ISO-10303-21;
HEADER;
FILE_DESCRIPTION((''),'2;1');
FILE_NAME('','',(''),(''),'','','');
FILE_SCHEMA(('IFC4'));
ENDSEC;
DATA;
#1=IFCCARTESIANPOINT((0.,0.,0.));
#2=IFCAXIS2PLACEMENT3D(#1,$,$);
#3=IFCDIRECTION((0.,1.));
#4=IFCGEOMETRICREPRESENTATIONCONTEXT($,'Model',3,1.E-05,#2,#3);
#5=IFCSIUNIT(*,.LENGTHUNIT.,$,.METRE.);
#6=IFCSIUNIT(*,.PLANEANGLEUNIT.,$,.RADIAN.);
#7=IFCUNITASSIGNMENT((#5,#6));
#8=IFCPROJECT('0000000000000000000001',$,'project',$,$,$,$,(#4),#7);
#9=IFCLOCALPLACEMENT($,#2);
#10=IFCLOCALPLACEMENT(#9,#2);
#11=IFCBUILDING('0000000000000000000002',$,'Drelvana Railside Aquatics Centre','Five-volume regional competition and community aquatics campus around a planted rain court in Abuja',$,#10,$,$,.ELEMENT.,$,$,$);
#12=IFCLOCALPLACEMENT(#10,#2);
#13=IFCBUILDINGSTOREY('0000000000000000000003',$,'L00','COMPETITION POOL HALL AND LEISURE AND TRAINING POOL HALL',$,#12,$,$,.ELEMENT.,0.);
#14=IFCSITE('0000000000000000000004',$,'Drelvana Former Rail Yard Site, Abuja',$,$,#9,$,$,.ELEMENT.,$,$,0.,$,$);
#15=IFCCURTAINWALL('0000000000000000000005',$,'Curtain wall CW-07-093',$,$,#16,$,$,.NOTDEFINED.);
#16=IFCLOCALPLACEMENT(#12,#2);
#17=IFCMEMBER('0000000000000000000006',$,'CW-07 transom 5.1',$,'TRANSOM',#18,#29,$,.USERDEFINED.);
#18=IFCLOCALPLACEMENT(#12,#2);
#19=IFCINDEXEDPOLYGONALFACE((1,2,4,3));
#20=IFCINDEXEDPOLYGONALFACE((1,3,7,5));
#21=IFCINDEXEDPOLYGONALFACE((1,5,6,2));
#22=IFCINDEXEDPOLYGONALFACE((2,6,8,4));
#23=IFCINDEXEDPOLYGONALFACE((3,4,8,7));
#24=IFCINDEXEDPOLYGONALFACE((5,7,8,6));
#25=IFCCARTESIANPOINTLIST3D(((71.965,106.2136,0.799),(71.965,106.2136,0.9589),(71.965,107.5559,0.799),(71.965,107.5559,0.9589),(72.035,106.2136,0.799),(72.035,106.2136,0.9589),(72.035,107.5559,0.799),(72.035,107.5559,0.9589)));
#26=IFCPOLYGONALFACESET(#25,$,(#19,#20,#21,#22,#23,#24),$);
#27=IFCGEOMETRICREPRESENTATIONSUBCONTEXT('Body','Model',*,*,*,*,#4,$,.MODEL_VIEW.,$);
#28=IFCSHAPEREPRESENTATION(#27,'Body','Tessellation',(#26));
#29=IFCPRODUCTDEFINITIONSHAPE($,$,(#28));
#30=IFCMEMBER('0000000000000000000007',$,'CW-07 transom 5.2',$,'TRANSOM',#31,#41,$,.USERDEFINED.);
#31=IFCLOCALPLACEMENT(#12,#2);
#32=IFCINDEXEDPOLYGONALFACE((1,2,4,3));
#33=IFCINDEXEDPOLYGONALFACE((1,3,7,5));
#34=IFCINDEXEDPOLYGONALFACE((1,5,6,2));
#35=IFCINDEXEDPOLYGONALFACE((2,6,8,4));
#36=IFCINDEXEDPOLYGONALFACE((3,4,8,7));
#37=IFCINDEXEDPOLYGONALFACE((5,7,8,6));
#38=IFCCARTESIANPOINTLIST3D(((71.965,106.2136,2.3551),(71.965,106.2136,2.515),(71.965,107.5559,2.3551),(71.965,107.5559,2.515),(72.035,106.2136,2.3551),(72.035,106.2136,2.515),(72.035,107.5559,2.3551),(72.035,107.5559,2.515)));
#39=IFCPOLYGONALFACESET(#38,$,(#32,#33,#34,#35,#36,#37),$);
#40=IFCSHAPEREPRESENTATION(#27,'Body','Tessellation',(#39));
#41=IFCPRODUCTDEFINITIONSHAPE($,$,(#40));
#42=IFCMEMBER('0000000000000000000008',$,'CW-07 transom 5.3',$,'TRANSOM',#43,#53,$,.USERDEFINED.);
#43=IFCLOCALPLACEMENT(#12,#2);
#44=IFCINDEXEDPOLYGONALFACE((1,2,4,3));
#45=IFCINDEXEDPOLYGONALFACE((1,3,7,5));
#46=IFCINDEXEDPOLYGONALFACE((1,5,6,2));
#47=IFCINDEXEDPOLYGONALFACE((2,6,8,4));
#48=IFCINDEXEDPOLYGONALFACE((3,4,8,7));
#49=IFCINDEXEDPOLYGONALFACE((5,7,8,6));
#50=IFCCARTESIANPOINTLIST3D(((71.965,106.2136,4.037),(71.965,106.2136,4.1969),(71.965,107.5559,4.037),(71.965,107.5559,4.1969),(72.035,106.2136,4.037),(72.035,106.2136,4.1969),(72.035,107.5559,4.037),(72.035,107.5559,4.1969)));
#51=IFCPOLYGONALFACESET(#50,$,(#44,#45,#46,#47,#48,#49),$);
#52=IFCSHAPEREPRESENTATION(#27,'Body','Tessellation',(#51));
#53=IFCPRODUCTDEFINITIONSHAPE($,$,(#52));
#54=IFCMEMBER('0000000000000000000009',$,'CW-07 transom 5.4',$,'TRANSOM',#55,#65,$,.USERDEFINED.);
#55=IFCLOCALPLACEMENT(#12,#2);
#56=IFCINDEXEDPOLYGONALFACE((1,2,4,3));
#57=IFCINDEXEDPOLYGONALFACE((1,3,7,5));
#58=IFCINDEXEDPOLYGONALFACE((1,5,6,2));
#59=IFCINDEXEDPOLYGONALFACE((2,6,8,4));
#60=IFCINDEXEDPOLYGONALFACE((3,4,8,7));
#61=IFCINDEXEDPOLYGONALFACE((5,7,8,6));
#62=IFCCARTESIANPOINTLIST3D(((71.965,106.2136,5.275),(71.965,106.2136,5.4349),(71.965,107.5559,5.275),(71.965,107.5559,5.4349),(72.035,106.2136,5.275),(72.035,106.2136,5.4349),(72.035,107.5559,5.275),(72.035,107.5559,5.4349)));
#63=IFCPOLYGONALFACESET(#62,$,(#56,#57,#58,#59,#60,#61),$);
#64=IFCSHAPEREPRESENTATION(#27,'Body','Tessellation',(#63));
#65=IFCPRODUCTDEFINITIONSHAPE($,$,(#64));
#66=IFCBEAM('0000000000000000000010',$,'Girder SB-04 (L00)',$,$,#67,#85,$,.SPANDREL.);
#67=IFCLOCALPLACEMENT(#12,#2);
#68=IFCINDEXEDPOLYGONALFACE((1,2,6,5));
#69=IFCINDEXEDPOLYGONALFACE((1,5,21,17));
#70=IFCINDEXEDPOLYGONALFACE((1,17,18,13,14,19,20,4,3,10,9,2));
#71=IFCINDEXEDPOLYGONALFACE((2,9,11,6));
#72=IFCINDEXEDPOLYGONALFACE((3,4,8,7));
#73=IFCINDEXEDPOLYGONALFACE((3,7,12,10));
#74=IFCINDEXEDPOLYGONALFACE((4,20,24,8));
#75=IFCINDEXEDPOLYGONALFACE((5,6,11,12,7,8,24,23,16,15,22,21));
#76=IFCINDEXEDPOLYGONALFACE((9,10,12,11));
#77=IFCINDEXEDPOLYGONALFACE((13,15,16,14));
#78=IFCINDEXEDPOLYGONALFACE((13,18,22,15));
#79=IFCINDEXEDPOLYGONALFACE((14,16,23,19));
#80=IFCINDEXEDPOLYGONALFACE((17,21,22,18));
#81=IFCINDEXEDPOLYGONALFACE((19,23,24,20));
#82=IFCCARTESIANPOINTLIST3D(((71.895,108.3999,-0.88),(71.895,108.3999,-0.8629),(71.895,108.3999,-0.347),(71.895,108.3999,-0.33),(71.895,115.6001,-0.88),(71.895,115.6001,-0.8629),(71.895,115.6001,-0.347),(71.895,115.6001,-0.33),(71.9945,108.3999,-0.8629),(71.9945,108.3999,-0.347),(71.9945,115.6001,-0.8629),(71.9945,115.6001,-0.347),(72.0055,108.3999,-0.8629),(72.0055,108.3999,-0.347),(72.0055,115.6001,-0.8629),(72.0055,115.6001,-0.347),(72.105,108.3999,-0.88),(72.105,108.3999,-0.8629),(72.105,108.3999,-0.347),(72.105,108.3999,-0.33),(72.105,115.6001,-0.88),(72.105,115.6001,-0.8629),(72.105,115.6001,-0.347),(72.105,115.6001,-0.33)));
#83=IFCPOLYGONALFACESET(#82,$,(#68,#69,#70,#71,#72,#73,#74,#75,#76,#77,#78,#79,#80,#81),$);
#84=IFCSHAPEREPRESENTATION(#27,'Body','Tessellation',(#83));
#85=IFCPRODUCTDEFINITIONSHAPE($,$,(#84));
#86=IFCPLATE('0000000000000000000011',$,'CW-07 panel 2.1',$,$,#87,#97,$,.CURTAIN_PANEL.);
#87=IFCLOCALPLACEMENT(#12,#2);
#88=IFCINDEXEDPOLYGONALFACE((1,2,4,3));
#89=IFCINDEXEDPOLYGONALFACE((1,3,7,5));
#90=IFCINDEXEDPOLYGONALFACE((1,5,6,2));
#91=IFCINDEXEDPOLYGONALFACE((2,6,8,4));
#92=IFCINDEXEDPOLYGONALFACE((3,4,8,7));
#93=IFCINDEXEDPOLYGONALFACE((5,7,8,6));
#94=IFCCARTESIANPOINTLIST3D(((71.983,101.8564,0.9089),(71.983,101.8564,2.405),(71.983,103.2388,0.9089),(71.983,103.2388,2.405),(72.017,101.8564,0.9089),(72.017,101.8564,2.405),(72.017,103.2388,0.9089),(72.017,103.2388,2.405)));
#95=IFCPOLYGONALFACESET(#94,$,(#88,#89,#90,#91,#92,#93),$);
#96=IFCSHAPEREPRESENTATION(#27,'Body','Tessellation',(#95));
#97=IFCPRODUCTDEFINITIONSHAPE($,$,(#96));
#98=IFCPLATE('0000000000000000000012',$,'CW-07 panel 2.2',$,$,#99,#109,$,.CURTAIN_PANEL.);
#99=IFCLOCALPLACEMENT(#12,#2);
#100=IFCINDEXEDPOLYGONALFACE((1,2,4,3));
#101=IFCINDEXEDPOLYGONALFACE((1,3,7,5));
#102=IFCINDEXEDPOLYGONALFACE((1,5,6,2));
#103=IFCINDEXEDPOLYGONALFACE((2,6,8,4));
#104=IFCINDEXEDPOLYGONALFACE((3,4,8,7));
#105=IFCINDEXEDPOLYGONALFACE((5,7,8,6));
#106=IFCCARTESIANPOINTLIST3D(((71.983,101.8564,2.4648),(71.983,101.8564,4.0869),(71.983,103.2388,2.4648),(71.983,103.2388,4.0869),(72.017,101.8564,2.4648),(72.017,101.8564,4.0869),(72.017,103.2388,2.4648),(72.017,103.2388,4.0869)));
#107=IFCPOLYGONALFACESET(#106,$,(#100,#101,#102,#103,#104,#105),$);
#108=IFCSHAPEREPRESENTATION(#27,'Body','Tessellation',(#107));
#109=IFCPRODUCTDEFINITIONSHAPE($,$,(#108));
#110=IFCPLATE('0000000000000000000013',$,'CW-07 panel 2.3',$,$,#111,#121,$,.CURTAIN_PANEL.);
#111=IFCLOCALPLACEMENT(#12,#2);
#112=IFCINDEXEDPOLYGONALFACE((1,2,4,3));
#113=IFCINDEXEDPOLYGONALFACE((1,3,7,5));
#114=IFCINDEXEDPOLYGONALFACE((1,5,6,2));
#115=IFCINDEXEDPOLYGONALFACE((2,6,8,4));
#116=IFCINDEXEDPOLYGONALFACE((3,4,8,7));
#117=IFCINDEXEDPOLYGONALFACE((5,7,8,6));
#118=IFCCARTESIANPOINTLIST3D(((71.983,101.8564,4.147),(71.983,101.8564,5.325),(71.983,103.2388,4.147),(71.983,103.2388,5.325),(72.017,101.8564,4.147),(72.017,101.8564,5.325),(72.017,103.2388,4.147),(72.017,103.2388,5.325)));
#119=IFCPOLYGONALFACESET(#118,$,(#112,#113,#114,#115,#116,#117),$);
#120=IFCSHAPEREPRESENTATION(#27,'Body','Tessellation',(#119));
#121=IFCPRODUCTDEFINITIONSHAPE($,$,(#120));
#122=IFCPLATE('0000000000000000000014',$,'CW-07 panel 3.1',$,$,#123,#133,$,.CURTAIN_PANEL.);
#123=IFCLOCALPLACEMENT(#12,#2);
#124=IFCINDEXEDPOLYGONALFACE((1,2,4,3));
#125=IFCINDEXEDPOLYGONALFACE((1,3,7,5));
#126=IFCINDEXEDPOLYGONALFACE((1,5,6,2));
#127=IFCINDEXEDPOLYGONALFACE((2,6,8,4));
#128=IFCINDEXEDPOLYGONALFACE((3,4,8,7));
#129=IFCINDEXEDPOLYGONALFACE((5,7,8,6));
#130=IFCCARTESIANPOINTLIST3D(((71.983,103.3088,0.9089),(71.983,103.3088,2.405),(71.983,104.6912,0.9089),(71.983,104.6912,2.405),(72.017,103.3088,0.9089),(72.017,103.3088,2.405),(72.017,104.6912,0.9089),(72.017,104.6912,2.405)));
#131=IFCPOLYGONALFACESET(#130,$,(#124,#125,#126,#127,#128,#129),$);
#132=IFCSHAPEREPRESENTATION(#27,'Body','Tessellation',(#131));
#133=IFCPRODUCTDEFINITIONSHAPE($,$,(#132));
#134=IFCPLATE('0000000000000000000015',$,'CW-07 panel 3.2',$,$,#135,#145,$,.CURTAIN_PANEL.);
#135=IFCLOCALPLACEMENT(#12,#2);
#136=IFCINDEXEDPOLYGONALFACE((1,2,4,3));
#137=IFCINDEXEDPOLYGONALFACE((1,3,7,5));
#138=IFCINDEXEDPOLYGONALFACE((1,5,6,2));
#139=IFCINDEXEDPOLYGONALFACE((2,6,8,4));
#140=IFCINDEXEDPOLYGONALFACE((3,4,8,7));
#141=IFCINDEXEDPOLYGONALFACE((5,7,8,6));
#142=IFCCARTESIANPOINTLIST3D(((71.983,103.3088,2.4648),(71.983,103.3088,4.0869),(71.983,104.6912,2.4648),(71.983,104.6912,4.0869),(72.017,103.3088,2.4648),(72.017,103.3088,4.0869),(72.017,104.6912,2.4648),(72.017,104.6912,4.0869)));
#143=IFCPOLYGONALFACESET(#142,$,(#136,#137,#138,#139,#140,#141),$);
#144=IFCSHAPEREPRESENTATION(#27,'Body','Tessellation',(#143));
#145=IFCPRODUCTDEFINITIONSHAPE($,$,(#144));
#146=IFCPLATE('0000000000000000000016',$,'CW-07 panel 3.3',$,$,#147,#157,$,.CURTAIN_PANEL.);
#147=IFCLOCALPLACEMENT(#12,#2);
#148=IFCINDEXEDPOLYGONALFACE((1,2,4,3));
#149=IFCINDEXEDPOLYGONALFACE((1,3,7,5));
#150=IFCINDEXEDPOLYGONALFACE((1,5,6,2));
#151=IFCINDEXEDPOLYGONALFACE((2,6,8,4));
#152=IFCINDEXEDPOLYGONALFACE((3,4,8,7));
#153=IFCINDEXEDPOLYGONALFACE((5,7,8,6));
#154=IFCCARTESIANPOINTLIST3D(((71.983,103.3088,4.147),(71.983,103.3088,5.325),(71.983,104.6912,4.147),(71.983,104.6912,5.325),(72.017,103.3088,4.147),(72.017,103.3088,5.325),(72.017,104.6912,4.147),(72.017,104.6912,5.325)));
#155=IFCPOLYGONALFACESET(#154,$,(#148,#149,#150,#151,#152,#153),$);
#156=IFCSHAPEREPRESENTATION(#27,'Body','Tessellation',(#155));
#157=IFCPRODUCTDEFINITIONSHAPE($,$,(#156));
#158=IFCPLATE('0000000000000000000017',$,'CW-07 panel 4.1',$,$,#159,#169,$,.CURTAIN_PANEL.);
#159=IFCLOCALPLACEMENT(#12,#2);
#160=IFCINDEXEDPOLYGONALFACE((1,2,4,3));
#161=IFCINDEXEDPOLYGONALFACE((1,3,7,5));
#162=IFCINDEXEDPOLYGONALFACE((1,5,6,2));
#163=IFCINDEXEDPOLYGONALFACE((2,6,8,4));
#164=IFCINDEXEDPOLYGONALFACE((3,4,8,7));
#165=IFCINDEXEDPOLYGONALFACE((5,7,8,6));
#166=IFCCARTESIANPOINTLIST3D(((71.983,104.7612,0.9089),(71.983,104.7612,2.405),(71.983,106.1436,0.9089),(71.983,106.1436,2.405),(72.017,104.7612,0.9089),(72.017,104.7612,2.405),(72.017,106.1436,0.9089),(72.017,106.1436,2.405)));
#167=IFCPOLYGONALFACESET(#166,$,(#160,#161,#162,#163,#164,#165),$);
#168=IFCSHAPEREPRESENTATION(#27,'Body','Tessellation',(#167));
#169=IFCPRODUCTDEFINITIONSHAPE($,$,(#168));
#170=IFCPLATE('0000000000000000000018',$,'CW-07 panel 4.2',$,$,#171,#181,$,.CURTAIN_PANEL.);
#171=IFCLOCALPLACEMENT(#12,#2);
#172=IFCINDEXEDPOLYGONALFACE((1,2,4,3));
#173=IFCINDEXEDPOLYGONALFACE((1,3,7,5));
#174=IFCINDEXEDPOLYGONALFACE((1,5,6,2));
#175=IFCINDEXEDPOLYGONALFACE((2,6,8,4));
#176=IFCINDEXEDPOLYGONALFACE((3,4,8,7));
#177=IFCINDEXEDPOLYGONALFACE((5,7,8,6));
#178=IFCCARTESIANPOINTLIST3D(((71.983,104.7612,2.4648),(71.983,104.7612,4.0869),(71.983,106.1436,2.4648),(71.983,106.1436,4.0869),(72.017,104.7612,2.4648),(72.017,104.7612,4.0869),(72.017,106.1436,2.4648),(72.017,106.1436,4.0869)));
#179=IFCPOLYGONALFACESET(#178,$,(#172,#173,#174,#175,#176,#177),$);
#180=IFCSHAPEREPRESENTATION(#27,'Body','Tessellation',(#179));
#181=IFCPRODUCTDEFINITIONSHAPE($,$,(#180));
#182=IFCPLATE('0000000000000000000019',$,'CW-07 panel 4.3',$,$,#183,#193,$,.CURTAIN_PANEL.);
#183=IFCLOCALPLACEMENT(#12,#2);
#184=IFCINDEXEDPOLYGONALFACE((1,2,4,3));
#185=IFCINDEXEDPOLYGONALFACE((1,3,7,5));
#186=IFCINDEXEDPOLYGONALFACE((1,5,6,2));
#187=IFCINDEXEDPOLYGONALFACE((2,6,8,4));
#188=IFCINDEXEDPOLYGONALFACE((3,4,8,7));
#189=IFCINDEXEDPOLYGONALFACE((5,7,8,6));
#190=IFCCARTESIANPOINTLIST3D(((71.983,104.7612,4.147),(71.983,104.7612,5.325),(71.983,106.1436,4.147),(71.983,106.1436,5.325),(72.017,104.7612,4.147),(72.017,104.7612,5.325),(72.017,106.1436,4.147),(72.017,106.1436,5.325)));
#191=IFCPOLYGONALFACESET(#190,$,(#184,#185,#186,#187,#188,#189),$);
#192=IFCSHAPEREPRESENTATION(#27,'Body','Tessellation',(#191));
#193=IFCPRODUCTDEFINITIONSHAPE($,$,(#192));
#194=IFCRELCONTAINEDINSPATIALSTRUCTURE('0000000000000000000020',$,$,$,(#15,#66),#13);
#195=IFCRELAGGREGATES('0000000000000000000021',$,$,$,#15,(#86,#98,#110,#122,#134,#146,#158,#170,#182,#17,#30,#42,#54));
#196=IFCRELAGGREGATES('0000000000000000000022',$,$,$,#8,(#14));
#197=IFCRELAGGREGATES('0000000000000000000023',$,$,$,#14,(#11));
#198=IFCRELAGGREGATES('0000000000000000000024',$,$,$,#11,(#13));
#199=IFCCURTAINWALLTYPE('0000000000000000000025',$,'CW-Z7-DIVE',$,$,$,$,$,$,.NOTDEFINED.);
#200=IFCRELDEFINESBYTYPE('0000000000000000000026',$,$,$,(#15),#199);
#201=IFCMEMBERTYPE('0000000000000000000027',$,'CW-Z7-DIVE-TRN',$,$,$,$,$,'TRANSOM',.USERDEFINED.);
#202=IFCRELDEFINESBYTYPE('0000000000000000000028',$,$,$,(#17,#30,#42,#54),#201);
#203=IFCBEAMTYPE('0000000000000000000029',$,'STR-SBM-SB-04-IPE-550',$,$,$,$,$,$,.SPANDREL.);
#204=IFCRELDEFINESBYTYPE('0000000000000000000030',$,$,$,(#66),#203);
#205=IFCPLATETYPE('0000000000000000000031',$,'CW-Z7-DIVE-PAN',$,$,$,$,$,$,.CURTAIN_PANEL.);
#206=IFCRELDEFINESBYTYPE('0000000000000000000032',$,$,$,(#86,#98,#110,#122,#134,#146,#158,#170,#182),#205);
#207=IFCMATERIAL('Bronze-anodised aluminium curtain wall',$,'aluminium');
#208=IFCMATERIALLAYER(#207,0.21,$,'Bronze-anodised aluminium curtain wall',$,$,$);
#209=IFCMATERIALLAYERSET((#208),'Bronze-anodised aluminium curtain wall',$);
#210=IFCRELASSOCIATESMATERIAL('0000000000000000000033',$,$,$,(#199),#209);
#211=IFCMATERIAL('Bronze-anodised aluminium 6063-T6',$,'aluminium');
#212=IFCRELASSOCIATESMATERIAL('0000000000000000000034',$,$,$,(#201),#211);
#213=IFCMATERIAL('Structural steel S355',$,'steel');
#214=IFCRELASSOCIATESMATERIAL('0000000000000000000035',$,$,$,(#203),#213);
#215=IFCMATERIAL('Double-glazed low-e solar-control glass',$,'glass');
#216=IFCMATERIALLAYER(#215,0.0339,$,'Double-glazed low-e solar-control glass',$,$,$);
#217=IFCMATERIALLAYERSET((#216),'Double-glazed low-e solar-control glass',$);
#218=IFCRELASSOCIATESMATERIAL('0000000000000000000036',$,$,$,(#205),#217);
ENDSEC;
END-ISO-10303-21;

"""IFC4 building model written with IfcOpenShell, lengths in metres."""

from ifc_helpers import new_model, si_unit, direction, frame, origin, origin_2d, place, context, subcontext, project, spatial, rectangle, i_section, extrude, material, layer, layer_set, material_profile, profile_set, type_object, element, aggregate, save


model = new_model("IFC4")

# Units and contexts
model_context = context("Model", 3, precision=1e-05, world=origin(), true_north=direction((0.0, 1.0)))
body_context = subcontext(model_context, "Body", "Model", "MODEL_VIEW")
ifc_project = project(units=[si_unit("LENGTHUNIT", "METRE"), si_unit("PLANEANGLEUNIT", "RADIAN")], contexts=[model_context])

# Site, building, storey
site_placement = place(None, origin())
site = spatial("IfcSite", under=ifc_project, at=site_placement, Name="Drelvana Former Rail Yard Site, Abuja", CompositionType="ELEMENT", RefElevation=0.0)
building_placement = place(site_placement, origin())
building = spatial("IfcBuilding", under=site, at=building_placement, Name="Drelvana Railside Aquatics Centre", Description="Five-volume regional competition and community aquatics campus around a planted rain court in Abuja", CompositionType="ELEMENT")
storey_placement = place(building_placement, origin())
storey = spatial("IfcBuildingStorey", under=building, at=storey_placement, Name="L00", Description="COMPETITION POOL HALL AND LEISURE AND TRAINING POOL HALL", CompositionType="ELEMENT", Elevation=0.0)

# Curtain wall
ifc_material_1 = material(Name="Bronze-anodised aluminium curtain wall", Category="aluminium")
ifc_layer_1 = layer(ifc_material_1, 0.21, Name="Bronze-anodised aluminium curtain wall")
ifc_layer_set_1 = layer_set([ifc_layer_1], Name="Bronze-anodised aluminium curtain wall")
curtain_wall_type = type_object("IfcCurtainWallType", Name="CW-Z7-DIVE", PredefinedType="NOTDEFINED", material=ifc_layer_set_1)
curtain_wall_1_placement = place(storey_placement, origin())
curtain_wall_1 = element("IfcCurtainWall", 1, at=curtain_wall_1_placement, inside=storey, type_object=curtain_wall_type, Name="Curtain wall CW-07-093", PredefinedType="NOTDEFINED")
ifc_material_2 = material(Name="Bronze-anodised aluminium 6063-T6", Category="aluminium")

# Members
ifc_material_profile_1 = material_profile(ifc_material_2, rectangle(XDim=0.1599, YDim=0.0701, at=origin_2d()), Name="ALU-T 70x160")
ifc_profile_set_1 = profile_set([ifc_material_profile_1], Name="Bronze-anodised aluminium 6063-T6")
member_type_1 = type_object("IfcMemberType", Name="CW-Z7-DIVE-TRN", ElementType="TRANSOM", PredefinedType="USERDEFINED", material=ifc_profile_set_1)
member_1_placement = place(storey_placement, frame((72.0, 106.2136, 0.8789), z_axis=(0.0, 1.0, 0.0), x_axis=(0.0, 0.0, 1.0)))
member_1 = element("IfcMember", 2, at=member_1_placement, type_object=member_type_1, Name="CW-07 transom 5.1", ObjectType="TRANSOM", PredefinedType="USERDEFINED", context=body_context, shape_type="SweptSolid", body=[
    extrude(rectangle(XDim=0.1599, YDim=0.0701, at=origin_2d()), origin(), (0.0, 0.0, 1.0), 1.3423),
])
member_2_placement = place(storey_placement, frame((72.0, 106.2136, 2.4351), z_axis=(0.0, 1.0, 0.0), x_axis=(0.0, 0.0, 1.0)))
member_2 = element("IfcMember", 3, at=member_2_placement, type_object=member_type_1, Name="CW-07 transom 5.2", ObjectType="TRANSOM", PredefinedType="USERDEFINED", context=body_context, shape_type="SweptSolid", body=[
    extrude(rectangle(XDim=0.1599, YDim=0.0701, at=origin_2d()), origin(), (0.0, 0.0, 1.0), 1.3423),
])
member_3_placement = place(storey_placement, frame((72.0, 106.2136, 4.1169), z_axis=(0.0, 1.0, 0.0), x_axis=(0.0, 0.0, 1.0)))
member_3 = element("IfcMember", 4, at=member_3_placement, type_object=member_type_1, Name="CW-07 transom 5.3", ObjectType="TRANSOM", PredefinedType="USERDEFINED", context=body_context, shape_type="SweptSolid", body=[
    extrude(rectangle(XDim=0.1599, YDim=0.0701, at=origin_2d()), origin(), (0.0, 0.0, 1.0), 1.3423),
])
member_4_placement = place(storey_placement, frame((72.0, 106.2136, 5.355), z_axis=(0.0, 1.0, 0.0), x_axis=(0.0, 0.0, 1.0)))
member_4 = element("IfcMember", 5, at=member_4_placement, type_object=member_type_1, Name="CW-07 transom 5.4", ObjectType="TRANSOM", PredefinedType="USERDEFINED", context=body_context, shape_type="SweptSolid", body=[
    extrude(rectangle(XDim=0.1599, YDim=0.0701, at=origin_2d()), origin(), (0.0, 0.0, 1.0), 1.3423),
])

# Beam
ifc_material_3 = material(Name="Structural steel S355", Category="steel")
ifc_material_profile_2 = material_profile(ifc_material_3, i_section(OverallWidth=0.21, OverallDepth=0.55, WebThickness=0.011, FlangeThickness=0.0171, at=origin_2d()), Name="IPE 550")
ifc_profile_set_2 = profile_set([ifc_material_profile_2], Name="Structural steel S355")
beam_type = type_object("IfcBeamType", Name="STR-SBM-SB-04-IPE-550", PredefinedType="SPANDREL", material=ifc_profile_set_2)
beam_placement = place(storey_placement, frame((72.0, 108.3999, -0.605), z_axis=(0.0, 1.0, 0.0), x_axis=(-1.0, 0.0, 0.0)))
element("IfcBeam", 6, at=beam_placement, inside=storey, type_object=beam_type, Name="Girder SB-04 (L00)", PredefinedType="SPANDREL", context=body_context, shape_type="SweptSolid", body=[
    extrude(i_section(OverallWidth=0.21, OverallDepth=0.55, WebThickness=0.011, FlangeThickness=0.0171, at=origin_2d()), origin(), (0.0, 0.0, 1.0), 7.2002),
])

# Plates
ifc_material_4 = material(Name="Double-glazed low-e solar-control glass", Category="glass")
ifc_layer_2 = layer(ifc_material_4, 0.0339, Name="Double-glazed low-e solar-control glass")
ifc_layer_set_2 = layer_set([ifc_layer_2], Name="Double-glazed low-e solar-control glass")
plate_type = type_object("IfcPlateType", Name="CW-Z7-DIVE-PAN", PredefinedType="CURTAIN_PANEL", material=ifc_layer_set_2)
plate_1_placement = place(storey_placement, frame((72.0, 102.5476, 0.9089), z_axis=(0.0, 0.0, 1.0), x_axis=(0.0, 1.0, 0.0)))
plate_1 = element("IfcPlate", 7, at=plate_1_placement, type_object=plate_type, Name="CW-07 panel 2.1", PredefinedType="CURTAIN_PANEL", context=body_context, shape_type="SweptSolid", body=[
    extrude(rectangle(XDim=1.3823, YDim=0.0339, at=origin_2d()), origin(), (0.0, 0.0, 1.0), 1.4961),
])
plate_2_placement = place(storey_placement, frame((72.0, 102.5476, 2.4648), z_axis=(0.0, 0.0, 1.0), x_axis=(0.0, 1.0, 0.0)))
plate_2 = element("IfcPlate", 8, at=plate_2_placement, type_object=plate_type, Name="CW-07 panel 2.2", PredefinedType="CURTAIN_PANEL", context=body_context, shape_type="SweptSolid", body=[
    extrude(rectangle(XDim=1.3823, YDim=0.0339, at=origin_2d()), origin(), (0.0, 0.0, 1.0), 1.6221),
])
plate_3_placement = place(storey_placement, frame((72.0, 102.5476, 4.147), z_axis=(0.0, 0.0, 1.0), x_axis=(0.0, 1.0, 0.0)))
plate_3 = element("IfcPlate", 9, at=plate_3_placement, type_object=plate_type, Name="CW-07 panel 2.3", PredefinedType="CURTAIN_PANEL", context=body_context, shape_type="SweptSolid", body=[
    extrude(rectangle(XDim=1.3823, YDim=0.0339, at=origin_2d()), origin(), (0.0, 0.0, 1.0), 1.178),
])
plate_4_placement = place(storey_placement, frame((72.0, 104.0, 0.9089), z_axis=(0.0, 0.0, 1.0), x_axis=(0.0, 1.0, 0.0)))
plate_4 = element("IfcPlate", 10, at=plate_4_placement, type_object=plate_type, Name="CW-07 panel 3.1", PredefinedType="CURTAIN_PANEL", context=body_context, shape_type="SweptSolid", body=[
    extrude(rectangle(XDim=1.3823, YDim=0.0339, at=origin_2d()), origin(), (0.0, 0.0, 1.0), 1.4961),
])
plate_5_placement = place(storey_placement, frame((72.0, 104.0, 2.4648), z_axis=(0.0, 0.0, 1.0), x_axis=(0.0, 1.0, 0.0)))
plate_5 = element("IfcPlate", 11, at=plate_5_placement, type_object=plate_type, Name="CW-07 panel 3.2", PredefinedType="CURTAIN_PANEL", context=body_context, shape_type="SweptSolid", body=[
    extrude(rectangle(XDim=1.3823, YDim=0.0339, at=origin_2d()), origin(), (0.0, 0.0, 1.0), 1.6221),
])
plate_6_placement = place(storey_placement, frame((72.0, 104.0, 4.147), z_axis=(0.0, 0.0, 1.0), x_axis=(0.0, 1.0, 0.0)))
plate_6 = element("IfcPlate", 12, at=plate_6_placement, type_object=plate_type, Name="CW-07 panel 3.3", PredefinedType="CURTAIN_PANEL", context=body_context, shape_type="SweptSolid", body=[
    extrude(rectangle(XDim=1.3823, YDim=0.0339, at=origin_2d()), origin(), (0.0, 0.0, 1.0), 1.178),
])
plate_7_placement = place(storey_placement, frame((72.0, 105.4524, 0.9089), z_axis=(0.0, 0.0, 1.0), x_axis=(0.0, 1.0, 0.0)))
plate_7 = element("IfcPlate", 13, at=plate_7_placement, type_object=plate_type, Name="CW-07 panel 4.1", PredefinedType="CURTAIN_PANEL", context=body_context, shape_type="SweptSolid", body=[
    extrude(rectangle(XDim=1.3823, YDim=0.0339, at=origin_2d()), origin(), (0.0, 0.0, 1.0), 1.4961),
])
plate_8_placement = place(storey_placement, frame((72.0, 105.4524, 2.4648), z_axis=(0.0, 0.0, 1.0), x_axis=(0.0, 1.0, 0.0)))
plate_8 = element("IfcPlate", 14, at=plate_8_placement, type_object=plate_type, Name="CW-07 panel 4.2", PredefinedType="CURTAIN_PANEL", context=body_context, shape_type="SweptSolid", body=[
    extrude(rectangle(XDim=1.3823, YDim=0.0339, at=origin_2d()), origin(), (0.0, 0.0, 1.0), 1.6221),
])
plate_9_placement = place(storey_placement, frame((72.0, 105.4524, 4.147), z_axis=(0.0, 0.0, 1.0), x_axis=(0.0, 1.0, 0.0)))
plate_9 = element("IfcPlate", 15, at=plate_9_placement, type_object=plate_type, Name="CW-07 panel 4.3", PredefinedType="CURTAIN_PANEL", context=body_context, shape_type="SweptSolid", body=[
    extrude(rectangle(XDim=1.3823, YDim=0.0339, at=origin_2d()), origin(), (0.0, 0.0, 1.0), 1.178),
])
aggregate(curtain_wall_1, [plate_1, plate_2, plate_3, plate_4, plate_5, plate_6, plate_7, plate_8, plate_9, member_1, member_2, member_3, member_4])

save(model, "model.ifc")
